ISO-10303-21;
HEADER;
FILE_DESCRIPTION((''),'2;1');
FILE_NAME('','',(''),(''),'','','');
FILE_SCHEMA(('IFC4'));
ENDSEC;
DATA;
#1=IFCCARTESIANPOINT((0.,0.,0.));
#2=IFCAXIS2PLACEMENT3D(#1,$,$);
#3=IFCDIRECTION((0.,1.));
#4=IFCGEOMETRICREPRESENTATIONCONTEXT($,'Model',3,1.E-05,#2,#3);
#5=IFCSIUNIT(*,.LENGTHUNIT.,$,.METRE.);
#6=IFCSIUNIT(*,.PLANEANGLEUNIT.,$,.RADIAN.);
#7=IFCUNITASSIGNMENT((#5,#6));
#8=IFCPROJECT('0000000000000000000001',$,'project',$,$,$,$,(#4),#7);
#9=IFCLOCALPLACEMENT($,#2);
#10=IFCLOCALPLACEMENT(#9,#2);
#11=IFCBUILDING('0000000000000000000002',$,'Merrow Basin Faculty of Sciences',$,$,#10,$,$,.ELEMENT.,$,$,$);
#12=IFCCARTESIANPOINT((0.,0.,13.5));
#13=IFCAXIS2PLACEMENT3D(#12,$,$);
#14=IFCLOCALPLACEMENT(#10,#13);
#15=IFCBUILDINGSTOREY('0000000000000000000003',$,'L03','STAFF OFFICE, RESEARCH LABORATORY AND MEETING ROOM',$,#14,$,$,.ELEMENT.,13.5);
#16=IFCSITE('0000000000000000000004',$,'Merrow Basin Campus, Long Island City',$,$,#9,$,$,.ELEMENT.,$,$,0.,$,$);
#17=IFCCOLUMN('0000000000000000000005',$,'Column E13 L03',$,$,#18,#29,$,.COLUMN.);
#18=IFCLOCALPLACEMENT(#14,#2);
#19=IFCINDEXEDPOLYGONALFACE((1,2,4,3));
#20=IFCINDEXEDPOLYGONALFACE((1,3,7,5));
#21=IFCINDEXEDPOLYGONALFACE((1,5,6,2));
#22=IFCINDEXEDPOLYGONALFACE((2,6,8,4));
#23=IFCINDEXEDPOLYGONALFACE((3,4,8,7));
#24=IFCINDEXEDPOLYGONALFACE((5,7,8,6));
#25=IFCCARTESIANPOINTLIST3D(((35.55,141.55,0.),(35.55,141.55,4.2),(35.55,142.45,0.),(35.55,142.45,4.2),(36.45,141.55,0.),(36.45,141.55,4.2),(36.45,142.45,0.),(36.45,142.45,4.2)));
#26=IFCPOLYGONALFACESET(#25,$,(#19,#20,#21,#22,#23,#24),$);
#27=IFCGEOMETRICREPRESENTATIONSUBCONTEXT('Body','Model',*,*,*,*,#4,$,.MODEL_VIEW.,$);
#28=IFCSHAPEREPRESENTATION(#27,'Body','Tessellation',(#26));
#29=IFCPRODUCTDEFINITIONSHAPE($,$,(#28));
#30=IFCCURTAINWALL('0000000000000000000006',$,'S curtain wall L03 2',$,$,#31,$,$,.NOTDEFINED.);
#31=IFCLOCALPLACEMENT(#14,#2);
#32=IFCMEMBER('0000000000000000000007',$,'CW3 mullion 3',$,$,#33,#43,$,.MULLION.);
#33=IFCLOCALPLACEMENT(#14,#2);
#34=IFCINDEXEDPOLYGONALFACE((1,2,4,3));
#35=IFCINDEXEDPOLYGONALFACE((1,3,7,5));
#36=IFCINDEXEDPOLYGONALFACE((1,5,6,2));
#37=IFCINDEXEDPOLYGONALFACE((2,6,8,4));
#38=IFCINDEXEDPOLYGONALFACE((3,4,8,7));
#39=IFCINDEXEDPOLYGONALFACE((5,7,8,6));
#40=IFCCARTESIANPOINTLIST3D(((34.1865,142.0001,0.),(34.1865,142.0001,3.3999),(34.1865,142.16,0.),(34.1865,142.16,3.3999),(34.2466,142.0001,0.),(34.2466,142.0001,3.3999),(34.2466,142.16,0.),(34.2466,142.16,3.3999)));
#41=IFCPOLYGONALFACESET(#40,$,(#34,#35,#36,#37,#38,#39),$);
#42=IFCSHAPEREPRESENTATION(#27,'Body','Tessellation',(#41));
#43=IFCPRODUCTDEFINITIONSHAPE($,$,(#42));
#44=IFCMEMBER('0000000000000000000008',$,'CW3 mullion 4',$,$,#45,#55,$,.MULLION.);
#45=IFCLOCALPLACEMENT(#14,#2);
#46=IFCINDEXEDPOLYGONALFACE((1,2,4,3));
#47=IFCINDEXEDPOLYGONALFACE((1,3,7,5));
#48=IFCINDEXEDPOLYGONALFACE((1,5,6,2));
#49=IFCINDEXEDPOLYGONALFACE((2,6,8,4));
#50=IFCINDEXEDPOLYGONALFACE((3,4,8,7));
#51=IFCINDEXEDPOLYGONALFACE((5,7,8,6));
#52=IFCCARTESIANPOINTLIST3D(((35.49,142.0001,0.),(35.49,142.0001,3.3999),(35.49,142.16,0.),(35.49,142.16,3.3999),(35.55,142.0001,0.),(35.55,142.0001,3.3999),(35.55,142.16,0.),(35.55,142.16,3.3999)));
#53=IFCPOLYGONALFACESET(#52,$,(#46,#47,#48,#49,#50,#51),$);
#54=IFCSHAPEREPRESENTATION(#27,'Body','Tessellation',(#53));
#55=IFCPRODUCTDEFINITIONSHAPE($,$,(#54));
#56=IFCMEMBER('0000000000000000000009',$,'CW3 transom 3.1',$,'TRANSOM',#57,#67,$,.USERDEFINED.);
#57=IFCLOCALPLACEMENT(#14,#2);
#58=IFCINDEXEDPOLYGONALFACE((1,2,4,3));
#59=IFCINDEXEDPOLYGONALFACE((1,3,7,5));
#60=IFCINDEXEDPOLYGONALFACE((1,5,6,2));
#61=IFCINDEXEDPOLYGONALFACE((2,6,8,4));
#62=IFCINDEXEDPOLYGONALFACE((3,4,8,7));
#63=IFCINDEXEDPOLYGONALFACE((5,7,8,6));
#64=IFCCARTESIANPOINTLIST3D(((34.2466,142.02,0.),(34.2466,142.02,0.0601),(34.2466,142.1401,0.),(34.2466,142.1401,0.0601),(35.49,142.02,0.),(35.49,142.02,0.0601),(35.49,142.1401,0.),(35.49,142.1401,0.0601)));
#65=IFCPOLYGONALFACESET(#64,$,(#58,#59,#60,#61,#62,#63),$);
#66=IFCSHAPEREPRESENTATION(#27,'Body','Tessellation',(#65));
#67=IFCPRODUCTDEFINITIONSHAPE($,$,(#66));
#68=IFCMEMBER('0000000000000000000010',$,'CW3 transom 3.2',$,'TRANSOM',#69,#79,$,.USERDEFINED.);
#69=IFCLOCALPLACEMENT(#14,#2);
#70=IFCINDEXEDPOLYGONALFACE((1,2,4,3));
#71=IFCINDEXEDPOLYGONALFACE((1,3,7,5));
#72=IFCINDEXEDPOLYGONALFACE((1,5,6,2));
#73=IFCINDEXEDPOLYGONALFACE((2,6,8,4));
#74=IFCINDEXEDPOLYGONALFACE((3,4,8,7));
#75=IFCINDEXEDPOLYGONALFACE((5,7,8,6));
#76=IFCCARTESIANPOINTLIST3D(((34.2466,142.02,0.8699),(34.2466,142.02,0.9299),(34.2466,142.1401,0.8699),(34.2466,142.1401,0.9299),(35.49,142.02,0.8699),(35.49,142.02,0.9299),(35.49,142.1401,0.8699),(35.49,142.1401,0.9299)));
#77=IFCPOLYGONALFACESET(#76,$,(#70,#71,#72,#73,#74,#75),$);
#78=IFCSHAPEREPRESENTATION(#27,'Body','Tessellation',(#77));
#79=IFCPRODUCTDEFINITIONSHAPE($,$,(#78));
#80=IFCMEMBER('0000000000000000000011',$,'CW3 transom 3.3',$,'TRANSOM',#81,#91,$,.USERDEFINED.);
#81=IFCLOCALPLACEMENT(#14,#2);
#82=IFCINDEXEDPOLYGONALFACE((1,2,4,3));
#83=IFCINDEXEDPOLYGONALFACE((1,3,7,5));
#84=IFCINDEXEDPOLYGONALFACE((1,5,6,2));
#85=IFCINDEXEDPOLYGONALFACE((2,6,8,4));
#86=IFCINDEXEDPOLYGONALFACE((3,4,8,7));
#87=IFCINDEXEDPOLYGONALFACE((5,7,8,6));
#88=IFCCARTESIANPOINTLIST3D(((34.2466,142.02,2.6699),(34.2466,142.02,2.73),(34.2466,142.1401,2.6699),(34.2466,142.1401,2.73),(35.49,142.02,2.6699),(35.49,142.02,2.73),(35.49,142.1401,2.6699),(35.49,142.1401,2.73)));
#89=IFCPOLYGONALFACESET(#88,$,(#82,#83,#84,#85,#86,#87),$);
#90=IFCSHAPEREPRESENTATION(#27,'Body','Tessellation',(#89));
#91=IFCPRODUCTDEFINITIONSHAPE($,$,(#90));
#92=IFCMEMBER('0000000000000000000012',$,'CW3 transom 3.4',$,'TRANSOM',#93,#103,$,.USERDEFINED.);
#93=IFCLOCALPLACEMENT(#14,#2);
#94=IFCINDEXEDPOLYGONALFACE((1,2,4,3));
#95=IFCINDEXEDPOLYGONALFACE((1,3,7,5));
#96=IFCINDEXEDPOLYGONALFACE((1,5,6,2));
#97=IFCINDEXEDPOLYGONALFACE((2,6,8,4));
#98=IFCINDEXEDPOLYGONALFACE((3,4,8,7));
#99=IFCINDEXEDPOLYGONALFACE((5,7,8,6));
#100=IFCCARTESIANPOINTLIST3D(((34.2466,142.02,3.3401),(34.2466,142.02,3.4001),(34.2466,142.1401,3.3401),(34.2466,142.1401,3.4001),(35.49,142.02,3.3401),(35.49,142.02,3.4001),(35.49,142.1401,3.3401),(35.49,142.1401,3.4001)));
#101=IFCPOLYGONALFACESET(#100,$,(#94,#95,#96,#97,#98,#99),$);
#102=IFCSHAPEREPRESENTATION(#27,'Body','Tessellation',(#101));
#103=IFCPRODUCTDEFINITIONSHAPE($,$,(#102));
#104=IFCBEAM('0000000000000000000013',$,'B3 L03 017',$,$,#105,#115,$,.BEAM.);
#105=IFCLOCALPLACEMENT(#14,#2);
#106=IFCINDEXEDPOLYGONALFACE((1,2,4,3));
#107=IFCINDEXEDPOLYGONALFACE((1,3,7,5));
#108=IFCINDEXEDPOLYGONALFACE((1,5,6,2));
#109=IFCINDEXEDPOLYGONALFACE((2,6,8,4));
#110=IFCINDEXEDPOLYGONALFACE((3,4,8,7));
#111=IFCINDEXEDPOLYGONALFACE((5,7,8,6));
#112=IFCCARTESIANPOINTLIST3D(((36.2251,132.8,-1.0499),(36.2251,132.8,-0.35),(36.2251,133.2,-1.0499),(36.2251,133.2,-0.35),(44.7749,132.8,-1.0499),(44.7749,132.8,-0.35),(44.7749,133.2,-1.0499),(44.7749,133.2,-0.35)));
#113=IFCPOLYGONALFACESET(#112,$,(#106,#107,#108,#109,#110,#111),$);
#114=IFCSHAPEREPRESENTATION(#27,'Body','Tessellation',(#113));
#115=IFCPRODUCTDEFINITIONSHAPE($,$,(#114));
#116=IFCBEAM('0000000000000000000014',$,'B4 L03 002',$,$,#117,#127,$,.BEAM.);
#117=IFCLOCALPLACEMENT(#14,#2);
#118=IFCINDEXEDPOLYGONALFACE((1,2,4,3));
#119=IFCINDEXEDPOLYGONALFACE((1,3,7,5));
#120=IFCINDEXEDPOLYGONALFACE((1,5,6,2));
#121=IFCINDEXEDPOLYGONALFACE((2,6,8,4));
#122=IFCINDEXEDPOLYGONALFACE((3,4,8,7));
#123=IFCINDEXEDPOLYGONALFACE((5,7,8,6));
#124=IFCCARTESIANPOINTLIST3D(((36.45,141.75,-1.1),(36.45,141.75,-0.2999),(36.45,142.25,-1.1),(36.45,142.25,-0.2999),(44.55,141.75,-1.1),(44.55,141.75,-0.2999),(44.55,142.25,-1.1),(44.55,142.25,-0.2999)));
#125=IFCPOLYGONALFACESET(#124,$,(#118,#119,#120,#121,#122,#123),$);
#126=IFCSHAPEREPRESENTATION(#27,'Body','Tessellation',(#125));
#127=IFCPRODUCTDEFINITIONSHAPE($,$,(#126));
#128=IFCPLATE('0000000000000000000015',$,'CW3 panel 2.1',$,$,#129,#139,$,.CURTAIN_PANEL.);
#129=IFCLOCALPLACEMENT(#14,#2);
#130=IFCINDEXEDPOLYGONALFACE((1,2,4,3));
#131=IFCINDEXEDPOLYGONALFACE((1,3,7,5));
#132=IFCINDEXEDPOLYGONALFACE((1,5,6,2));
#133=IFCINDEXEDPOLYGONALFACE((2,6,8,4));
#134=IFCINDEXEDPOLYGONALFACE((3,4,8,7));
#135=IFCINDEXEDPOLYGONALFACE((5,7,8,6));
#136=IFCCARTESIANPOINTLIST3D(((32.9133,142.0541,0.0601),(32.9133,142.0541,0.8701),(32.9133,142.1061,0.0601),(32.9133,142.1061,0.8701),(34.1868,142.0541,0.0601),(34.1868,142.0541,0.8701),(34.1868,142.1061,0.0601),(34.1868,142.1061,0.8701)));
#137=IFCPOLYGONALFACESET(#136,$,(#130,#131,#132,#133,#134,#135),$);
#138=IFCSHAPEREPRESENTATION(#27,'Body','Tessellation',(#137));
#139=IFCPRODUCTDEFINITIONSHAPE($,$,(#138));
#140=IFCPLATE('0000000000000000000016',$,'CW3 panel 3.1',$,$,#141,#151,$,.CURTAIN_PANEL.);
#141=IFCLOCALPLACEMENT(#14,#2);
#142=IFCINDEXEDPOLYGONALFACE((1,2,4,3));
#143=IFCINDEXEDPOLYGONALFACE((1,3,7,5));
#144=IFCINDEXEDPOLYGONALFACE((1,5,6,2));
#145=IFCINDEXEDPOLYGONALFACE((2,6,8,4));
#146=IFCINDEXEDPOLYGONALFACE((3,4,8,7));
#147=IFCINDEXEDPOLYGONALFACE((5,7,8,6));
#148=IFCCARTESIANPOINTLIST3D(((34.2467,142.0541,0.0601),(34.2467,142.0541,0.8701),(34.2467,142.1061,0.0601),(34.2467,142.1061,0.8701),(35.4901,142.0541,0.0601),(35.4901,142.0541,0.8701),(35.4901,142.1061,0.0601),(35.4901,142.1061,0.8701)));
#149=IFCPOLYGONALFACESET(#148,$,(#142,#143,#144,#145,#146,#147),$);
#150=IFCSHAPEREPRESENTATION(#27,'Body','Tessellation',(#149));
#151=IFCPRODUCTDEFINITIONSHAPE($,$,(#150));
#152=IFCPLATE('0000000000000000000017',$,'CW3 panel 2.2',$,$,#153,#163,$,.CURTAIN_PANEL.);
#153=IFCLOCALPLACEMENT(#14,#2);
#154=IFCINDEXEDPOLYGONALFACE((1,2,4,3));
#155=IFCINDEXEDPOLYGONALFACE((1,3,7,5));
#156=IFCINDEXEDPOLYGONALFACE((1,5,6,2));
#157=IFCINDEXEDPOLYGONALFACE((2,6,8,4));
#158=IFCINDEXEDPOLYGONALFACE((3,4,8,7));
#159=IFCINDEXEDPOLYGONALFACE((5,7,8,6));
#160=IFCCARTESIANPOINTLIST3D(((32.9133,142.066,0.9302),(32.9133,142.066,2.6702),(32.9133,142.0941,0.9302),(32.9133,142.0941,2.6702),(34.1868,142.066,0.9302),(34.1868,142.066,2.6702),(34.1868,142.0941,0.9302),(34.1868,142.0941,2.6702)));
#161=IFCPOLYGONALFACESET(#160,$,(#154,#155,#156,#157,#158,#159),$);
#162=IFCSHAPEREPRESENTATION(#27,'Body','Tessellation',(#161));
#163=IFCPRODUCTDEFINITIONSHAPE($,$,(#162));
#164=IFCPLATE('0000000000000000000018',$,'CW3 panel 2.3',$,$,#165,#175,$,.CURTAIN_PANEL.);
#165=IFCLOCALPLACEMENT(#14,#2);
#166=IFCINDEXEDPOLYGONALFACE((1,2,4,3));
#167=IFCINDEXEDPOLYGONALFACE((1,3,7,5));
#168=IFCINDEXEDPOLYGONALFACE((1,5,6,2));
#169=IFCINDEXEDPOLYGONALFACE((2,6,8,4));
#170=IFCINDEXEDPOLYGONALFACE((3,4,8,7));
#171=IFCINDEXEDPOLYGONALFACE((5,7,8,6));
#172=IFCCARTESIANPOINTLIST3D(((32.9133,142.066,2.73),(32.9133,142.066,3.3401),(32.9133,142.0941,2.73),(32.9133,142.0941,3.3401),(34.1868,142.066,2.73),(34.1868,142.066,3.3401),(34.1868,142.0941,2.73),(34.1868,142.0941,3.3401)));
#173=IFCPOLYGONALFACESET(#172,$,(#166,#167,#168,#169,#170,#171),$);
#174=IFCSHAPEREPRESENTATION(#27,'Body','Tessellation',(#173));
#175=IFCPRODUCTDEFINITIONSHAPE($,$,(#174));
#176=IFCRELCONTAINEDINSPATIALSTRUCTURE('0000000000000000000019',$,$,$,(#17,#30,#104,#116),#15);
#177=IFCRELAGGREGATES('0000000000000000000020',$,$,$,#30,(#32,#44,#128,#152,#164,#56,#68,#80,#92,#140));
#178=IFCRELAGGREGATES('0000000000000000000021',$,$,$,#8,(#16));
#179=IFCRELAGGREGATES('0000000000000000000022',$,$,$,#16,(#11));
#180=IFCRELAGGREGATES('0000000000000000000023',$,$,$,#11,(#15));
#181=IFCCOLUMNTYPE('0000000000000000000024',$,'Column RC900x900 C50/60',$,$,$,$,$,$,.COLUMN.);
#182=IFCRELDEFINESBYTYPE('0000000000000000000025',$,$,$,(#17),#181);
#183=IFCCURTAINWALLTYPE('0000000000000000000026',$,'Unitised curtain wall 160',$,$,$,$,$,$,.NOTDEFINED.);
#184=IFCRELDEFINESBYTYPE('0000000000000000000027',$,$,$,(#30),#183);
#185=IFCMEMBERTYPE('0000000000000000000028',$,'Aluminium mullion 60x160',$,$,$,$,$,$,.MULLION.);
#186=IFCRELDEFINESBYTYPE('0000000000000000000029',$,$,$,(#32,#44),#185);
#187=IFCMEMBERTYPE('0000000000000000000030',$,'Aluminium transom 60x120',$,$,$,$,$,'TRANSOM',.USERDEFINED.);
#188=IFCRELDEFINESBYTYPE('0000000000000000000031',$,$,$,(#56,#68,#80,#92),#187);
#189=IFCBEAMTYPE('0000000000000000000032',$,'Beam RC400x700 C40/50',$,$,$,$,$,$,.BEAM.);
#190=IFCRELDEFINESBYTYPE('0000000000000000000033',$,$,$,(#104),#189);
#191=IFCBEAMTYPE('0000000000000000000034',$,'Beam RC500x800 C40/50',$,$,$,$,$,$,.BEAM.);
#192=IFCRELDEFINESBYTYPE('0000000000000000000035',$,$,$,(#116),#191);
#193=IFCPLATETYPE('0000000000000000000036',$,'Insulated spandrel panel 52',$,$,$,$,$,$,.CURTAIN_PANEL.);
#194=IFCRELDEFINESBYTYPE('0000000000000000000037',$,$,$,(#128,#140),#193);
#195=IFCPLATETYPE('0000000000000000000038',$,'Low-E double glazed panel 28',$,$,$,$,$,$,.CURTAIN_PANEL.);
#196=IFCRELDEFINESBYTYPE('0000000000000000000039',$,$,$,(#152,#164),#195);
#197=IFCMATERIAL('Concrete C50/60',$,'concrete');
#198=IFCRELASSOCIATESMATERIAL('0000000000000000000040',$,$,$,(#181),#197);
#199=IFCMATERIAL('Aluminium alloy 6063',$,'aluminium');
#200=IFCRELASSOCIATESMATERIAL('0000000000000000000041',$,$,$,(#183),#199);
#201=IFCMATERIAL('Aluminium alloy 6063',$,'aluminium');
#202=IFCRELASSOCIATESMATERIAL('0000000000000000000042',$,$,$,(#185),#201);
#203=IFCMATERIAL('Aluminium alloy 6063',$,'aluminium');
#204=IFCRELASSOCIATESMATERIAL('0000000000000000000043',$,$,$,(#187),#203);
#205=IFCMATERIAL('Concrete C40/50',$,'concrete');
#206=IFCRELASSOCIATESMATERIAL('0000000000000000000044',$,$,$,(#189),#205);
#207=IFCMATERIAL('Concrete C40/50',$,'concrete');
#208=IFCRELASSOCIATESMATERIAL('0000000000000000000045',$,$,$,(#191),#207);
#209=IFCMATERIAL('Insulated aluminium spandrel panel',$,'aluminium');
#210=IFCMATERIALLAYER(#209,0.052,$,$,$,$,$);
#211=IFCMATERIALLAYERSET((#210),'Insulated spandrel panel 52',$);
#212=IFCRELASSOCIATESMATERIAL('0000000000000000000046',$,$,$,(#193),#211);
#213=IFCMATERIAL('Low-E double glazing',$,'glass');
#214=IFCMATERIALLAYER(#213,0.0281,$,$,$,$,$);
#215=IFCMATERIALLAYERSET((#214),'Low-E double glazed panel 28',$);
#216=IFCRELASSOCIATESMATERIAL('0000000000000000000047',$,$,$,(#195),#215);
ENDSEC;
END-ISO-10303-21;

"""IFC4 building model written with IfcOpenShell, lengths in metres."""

from ifc_helpers import new_model, si_unit, direction, frame, origin, origin_2d, place, context, subcontext, project, spatial, rectangle, extrude, material, layer, layer_set, material_profile, profile_set, type_object, element, aggregate, save


model = new_model("IFC4")

# Units and contexts
model_context = context("Model", 3, precision=1e-05, world=origin(), true_north=direction((0.0, 1.0)))
body_context = subcontext(model_context, "Body", "Model", "MODEL_VIEW")
ifc_project = project(units=[si_unit("LENGTHUNIT", "METRE"), si_unit("PLANEANGLEUNIT", "RADIAN")], contexts=[model_context])

# Site, building, storey
site_placement = place(None, origin())
site = spatial("IfcSite", under=ifc_project, at=site_placement, Name="Merrow Basin Campus, Long Island City", CompositionType="ELEMENT", RefElevation=0.0)
building_placement = place(site_placement, origin())
building = spatial("IfcBuilding", under=site, at=building_placement, Name="Merrow Basin Faculty of Sciences", CompositionType="ELEMENT")
storey_placement = place(building_placement, frame((0.0, 0.0, 13.5)))
storey = spatial("IfcBuildingStorey", under=building, at=storey_placement, Name="L03", Description="STAFF OFFICE, RESEARCH LABORATORY AND MEETING ROOM", CompositionType="ELEMENT", Elevation=13.5)

# Column
ifc_material_1 = material(Name="Concrete C50/60", Category="concrete")
ifc_material_profile_1 = material_profile(ifc_material_1, rectangle(XDim=0.8999, YDim=0.8999, at=origin_2d()))
ifc_profile_set_1 = profile_set([ifc_material_profile_1], Name="Concrete C50/60")
column_type = type_object("IfcColumnType", Name="Column RC900x900 C50/60", PredefinedType="COLUMN", material=ifc_profile_set_1)
column_placement = place(storey_placement, frame((36.0, 142.0, 0.0), z_axis=(0.0, 0.0, 1.0), x_axis=(1.0, 0.0, 0.0)))
element("IfcColumn", 1, at=column_placement, inside=storey, type_object=column_type, Name="Column E13 L03", PredefinedType="COLUMN", context=body_context, shape_type="SweptSolid", body=[
    extrude(rectangle(XDim=0.8999, YDim=0.8999, at=origin_2d()), origin(), (0.0, 0.0, 1.0), 4.2),
])

# Curtain wall, members
ifc_material_2 = material(Name="Aluminium alloy 6063", Category="aluminium")
curtain_wall_type = type_object("IfcCurtainWallType", Name="Unitised curtain wall 160", PredefinedType="NOTDEFINED", material=ifc_material_2)
curtain_wall_placement = place(storey_placement, origin())
curtain_wall = element("IfcCurtainWall", 2, at=curtain_wall_placement, inside=storey, type_object=curtain_wall_type, Name="S curtain wall L03 2", PredefinedType="NOTDEFINED")
ifc_material_3 = material(Name="Aluminium alloy 6063", Category="aluminium")
ifc_material_profile_2 = material_profile(ifc_material_3, rectangle(XDim=0.1599, YDim=0.0601, at=origin_2d()))
ifc_profile_set_2 = profile_set([ifc_material_profile_2], Name="Aluminium alloy 6063")
member_type_1 = type_object("IfcMemberType", Name="Aluminium mullion 60x160", PredefinedType="MULLION", material=ifc_profile_set_2)
member_1_placement = place(storey_placement, frame((34.2166, 142.0801, 0.0), z_axis=(0.0, 0.0, 1.0), x_axis=(0.0, 1.0, 0.0)))
member_1 = element("IfcMember", 3, at=member_1_placement, type_object=member_type_1, Name="CW3 mullion 3", PredefinedType="MULLION", context=body_context, shape_type="SweptSolid", body=[
    extrude(rectangle(XDim=0.1599, YDim=0.0601, at=origin_2d()), origin(), (0.0, 0.0, 1.0), 3.3999),
])
member_2_placement = place(storey_placement, frame((35.52, 142.0801, 0.0), z_axis=(0.0, 0.0, 1.0), x_axis=(0.0, 1.0, 0.0)))
member_2 = element("IfcMember", 4, at=member_2_placement, type_object=member_type_1, Name="CW3 mullion 4", PredefinedType="MULLION", context=body_context, shape_type="SweptSolid", body=[
    extrude(rectangle(XDim=0.1599, YDim=0.0601, at=origin_2d()), origin(), (0.0, 0.0, 1.0), 3.3999),
])
ifc_material_4 = material(Name="Aluminium alloy 6063", Category="aluminium")
ifc_material_profile_3 = material_profile(ifc_material_4, rectangle(XDim=0.1201, YDim=0.0601, at=origin_2d()))
ifc_profile_set_3 = profile_set([ifc_material_profile_3], Name="Aluminium alloy 6063")
member_type_2 = type_object("IfcMemberType", Name="Aluminium transom 60x120", ElementType="TRANSOM", PredefinedType="USERDEFINED", material=ifc_profile_set_3)
member_3_placement = place(storey_placement, frame((34.2466, 142.0801, 0.03), z_axis=(1.0, 0.0, 0.0), x_axis=(0.0, 1.0, 0.0)))
member_3 = element("IfcMember", 5, at=member_3_placement, type_object=member_type_2, Name="CW3 transom 3.1", ObjectType="TRANSOM", PredefinedType="USERDEFINED", context=body_context, shape_type="SweptSolid", body=[
    extrude(rectangle(XDim=0.1201, YDim=0.0601, at=origin_2d()), origin(), (0.0, 0.0, 1.0), 1.2434),
])
member_4_placement = place(storey_placement, frame((34.2466, 142.0801, 0.8999), z_axis=(1.0, 0.0, 0.0), x_axis=(0.0, 1.0, 0.0)))
member_4 = element("IfcMember", 6, at=member_4_placement, type_object=member_type_2, Name="CW3 transom 3.2", ObjectType="TRANSOM", PredefinedType="USERDEFINED", context=body_context, shape_type="SweptSolid", body=[
    extrude(rectangle(XDim=0.1201, YDim=0.0601, at=origin_2d()), origin(), (0.0, 0.0, 1.0), 1.2434),
])
member_5_placement = place(storey_placement, frame((34.2466, 142.0801, 2.7), z_axis=(1.0, 0.0, 0.0), x_axis=(0.0, 1.0, 0.0)))
member_5 = element("IfcMember", 7, at=member_5_placement, type_object=member_type_2, Name="CW3 transom 3.3", ObjectType="TRANSOM", PredefinedType="USERDEFINED", context=body_context, shape_type="SweptSolid", body=[
    extrude(rectangle(XDim=0.1201, YDim=0.0601, at=origin_2d()), origin(), (0.0, 0.0, 1.0), 1.2434),
])
member_6_placement = place(storey_placement, frame((34.2466, 142.0801, 3.3701), z_axis=(1.0, 0.0, 0.0), x_axis=(0.0, 1.0, 0.0)))
member_6 = element("IfcMember", 8, at=member_6_placement, type_object=member_type_2, Name="CW3 transom 3.4", ObjectType="TRANSOM", PredefinedType="USERDEFINED", context=body_context, shape_type="SweptSolid", body=[
    extrude(rectangle(XDim=0.1201, YDim=0.0601, at=origin_2d()), origin(), (0.0, 0.0, 1.0), 1.2434),
])

# Beams
ifc_material_5 = material(Name="Concrete C40/50", Category="concrete")
ifc_material_profile_4 = material_profile(ifc_material_5, rectangle(XDim=0.3999, YDim=0.7, at=origin_2d()))
ifc_profile_set_4 = profile_set([ifc_material_profile_4], Name="Concrete C40/50")
beam_type_1 = type_object("IfcBeamType", Name="Beam RC400x700 C40/50", PredefinedType="BEAM", material=ifc_profile_set_4)
beam_1_placement = place(storey_placement, frame((36.2251, 133.0, -0.7), z_axis=(1.0, 0.0, 0.0), x_axis=(0.0, 1.0, 0.0)))
element("IfcBeam", 9, at=beam_1_placement, inside=storey, type_object=beam_type_1, Name="B3 L03 017", PredefinedType="BEAM", context=body_context, shape_type="SweptSolid", body=[
    extrude(rectangle(XDim=0.3999, YDim=0.7, at=origin_2d()), origin(), (0.0, 0.0, 1.0), 8.5498),
])
ifc_material_6 = material(Name="Concrete C40/50", Category="concrete")
ifc_material_profile_5 = material_profile(ifc_material_6, rectangle(XDim=0.5, YDim=0.8, at=origin_2d()))
ifc_profile_set_5 = profile_set([ifc_material_profile_5], Name="Concrete C40/50")
beam_type_2 = type_object("IfcBeamType", Name="Beam RC500x800 C40/50", PredefinedType="BEAM", material=ifc_profile_set_5)
beam_2_placement = place(storey_placement, frame((36.45, 142.0, -0.7), z_axis=(1.0, 0.0, 0.0), x_axis=(0.0, 1.0, 0.0)))
element("IfcBeam", 10, at=beam_2_placement, inside=storey, type_object=beam_type_2, Name="B4 L03 002", PredefinedType="BEAM", context=body_context, shape_type="SweptSolid", body=[
    extrude(rectangle(XDim=0.5, YDim=0.8, at=origin_2d()), origin(), (0.0, 0.0, 1.0), 8.1001),
])

# Plates
ifc_material_7 = material(Name="Insulated aluminium spandrel panel", Category="aluminium")
ifc_layer_1 = layer(ifc_material_7, 0.052)
ifc_layer_set_1 = layer_set([ifc_layer_1], Name="Insulated spandrel panel 52")
plate_type_1 = type_object("IfcPlateType", Name="Insulated spandrel panel 52", PredefinedType="CURTAIN_PANEL", material=ifc_layer_set_1)
plate_1_placement = place(storey_placement, frame((33.55, 142.0801, 0.0601), z_axis=(0.0, 0.0, 1.0), x_axis=(1.0, 0.0, 0.0)))
plate_1 = element("IfcPlate", 11, at=plate_1_placement, type_object=plate_type_1, Name="CW3 panel 2.1", PredefinedType="CURTAIN_PANEL", context=body_context, shape_type="SweptSolid", body=[
    extrude(rectangle(XDim=1.2734, YDim=0.052, at=origin_2d()), origin(), (0.0, 0.0, 1.0), 0.8101),
])
plate_2_placement = place(storey_placement, frame((34.8684, 142.0801, 0.0601), z_axis=(0.0, 0.0, 1.0), x_axis=(1.0, 0.0, 0.0)))
plate_2 = element("IfcPlate", 12, at=plate_2_placement, type_object=plate_type_1, Name="CW3 panel 3.1", PredefinedType="CURTAIN_PANEL", context=body_context, shape_type="SweptSolid", body=[
    extrude(rectangle(XDim=1.2434, YDim=0.052, at=origin_2d()), origin(), (0.0, 0.0, 1.0), 0.8101),
])
ifc_material_8 = material(Name="Low-E double glazing", Category="glass")
ifc_layer_2 = layer(ifc_material_8, 0.0281)
ifc_layer_set_2 = layer_set([ifc_layer_2], Name="Low-E double glazed panel 28")
plate_type_2 = type_object("IfcPlateType", Name="Low-E double glazed panel 28", PredefinedType="CURTAIN_PANEL", material=ifc_layer_set_2)
plate_3_placement = place(storey_placement, frame((33.55, 142.0801, 0.9302), z_axis=(0.0, 0.0, 1.0), x_axis=(1.0, 0.0, 0.0)))
plate_3 = element("IfcPlate", 13, at=plate_3_placement, type_object=plate_type_2, Name="CW3 panel 2.2", PredefinedType="CURTAIN_PANEL", context=body_context, shape_type="SweptSolid", body=[
    extrude(rectangle(XDim=1.2734, YDim=0.0281, at=origin_2d()), origin(), (0.0, 0.0, 1.0), 1.74),
])
plate_4_placement = place(storey_placement, frame((33.55, 142.0801, 2.73), z_axis=(0.0, 0.0, 1.0), x_axis=(1.0, 0.0, 0.0)))
plate_4 = element("IfcPlate", 14, at=plate_4_placement, type_object=plate_type_2, Name="CW3 panel 2.3", PredefinedType="CURTAIN_PANEL", context=body_context, shape_type="SweptSolid", body=[
    extrude(rectangle(XDim=1.2734, YDim=0.0281, at=origin_2d()), origin(), (0.0, 0.0, 1.0), 0.6101),
])
aggregate(curtain_wall, [member_1, member_2, plate_1, plate_3, plate_4, member_3, member_4, member_5, member_6, plate_2])

save(model, "model.ifc")
